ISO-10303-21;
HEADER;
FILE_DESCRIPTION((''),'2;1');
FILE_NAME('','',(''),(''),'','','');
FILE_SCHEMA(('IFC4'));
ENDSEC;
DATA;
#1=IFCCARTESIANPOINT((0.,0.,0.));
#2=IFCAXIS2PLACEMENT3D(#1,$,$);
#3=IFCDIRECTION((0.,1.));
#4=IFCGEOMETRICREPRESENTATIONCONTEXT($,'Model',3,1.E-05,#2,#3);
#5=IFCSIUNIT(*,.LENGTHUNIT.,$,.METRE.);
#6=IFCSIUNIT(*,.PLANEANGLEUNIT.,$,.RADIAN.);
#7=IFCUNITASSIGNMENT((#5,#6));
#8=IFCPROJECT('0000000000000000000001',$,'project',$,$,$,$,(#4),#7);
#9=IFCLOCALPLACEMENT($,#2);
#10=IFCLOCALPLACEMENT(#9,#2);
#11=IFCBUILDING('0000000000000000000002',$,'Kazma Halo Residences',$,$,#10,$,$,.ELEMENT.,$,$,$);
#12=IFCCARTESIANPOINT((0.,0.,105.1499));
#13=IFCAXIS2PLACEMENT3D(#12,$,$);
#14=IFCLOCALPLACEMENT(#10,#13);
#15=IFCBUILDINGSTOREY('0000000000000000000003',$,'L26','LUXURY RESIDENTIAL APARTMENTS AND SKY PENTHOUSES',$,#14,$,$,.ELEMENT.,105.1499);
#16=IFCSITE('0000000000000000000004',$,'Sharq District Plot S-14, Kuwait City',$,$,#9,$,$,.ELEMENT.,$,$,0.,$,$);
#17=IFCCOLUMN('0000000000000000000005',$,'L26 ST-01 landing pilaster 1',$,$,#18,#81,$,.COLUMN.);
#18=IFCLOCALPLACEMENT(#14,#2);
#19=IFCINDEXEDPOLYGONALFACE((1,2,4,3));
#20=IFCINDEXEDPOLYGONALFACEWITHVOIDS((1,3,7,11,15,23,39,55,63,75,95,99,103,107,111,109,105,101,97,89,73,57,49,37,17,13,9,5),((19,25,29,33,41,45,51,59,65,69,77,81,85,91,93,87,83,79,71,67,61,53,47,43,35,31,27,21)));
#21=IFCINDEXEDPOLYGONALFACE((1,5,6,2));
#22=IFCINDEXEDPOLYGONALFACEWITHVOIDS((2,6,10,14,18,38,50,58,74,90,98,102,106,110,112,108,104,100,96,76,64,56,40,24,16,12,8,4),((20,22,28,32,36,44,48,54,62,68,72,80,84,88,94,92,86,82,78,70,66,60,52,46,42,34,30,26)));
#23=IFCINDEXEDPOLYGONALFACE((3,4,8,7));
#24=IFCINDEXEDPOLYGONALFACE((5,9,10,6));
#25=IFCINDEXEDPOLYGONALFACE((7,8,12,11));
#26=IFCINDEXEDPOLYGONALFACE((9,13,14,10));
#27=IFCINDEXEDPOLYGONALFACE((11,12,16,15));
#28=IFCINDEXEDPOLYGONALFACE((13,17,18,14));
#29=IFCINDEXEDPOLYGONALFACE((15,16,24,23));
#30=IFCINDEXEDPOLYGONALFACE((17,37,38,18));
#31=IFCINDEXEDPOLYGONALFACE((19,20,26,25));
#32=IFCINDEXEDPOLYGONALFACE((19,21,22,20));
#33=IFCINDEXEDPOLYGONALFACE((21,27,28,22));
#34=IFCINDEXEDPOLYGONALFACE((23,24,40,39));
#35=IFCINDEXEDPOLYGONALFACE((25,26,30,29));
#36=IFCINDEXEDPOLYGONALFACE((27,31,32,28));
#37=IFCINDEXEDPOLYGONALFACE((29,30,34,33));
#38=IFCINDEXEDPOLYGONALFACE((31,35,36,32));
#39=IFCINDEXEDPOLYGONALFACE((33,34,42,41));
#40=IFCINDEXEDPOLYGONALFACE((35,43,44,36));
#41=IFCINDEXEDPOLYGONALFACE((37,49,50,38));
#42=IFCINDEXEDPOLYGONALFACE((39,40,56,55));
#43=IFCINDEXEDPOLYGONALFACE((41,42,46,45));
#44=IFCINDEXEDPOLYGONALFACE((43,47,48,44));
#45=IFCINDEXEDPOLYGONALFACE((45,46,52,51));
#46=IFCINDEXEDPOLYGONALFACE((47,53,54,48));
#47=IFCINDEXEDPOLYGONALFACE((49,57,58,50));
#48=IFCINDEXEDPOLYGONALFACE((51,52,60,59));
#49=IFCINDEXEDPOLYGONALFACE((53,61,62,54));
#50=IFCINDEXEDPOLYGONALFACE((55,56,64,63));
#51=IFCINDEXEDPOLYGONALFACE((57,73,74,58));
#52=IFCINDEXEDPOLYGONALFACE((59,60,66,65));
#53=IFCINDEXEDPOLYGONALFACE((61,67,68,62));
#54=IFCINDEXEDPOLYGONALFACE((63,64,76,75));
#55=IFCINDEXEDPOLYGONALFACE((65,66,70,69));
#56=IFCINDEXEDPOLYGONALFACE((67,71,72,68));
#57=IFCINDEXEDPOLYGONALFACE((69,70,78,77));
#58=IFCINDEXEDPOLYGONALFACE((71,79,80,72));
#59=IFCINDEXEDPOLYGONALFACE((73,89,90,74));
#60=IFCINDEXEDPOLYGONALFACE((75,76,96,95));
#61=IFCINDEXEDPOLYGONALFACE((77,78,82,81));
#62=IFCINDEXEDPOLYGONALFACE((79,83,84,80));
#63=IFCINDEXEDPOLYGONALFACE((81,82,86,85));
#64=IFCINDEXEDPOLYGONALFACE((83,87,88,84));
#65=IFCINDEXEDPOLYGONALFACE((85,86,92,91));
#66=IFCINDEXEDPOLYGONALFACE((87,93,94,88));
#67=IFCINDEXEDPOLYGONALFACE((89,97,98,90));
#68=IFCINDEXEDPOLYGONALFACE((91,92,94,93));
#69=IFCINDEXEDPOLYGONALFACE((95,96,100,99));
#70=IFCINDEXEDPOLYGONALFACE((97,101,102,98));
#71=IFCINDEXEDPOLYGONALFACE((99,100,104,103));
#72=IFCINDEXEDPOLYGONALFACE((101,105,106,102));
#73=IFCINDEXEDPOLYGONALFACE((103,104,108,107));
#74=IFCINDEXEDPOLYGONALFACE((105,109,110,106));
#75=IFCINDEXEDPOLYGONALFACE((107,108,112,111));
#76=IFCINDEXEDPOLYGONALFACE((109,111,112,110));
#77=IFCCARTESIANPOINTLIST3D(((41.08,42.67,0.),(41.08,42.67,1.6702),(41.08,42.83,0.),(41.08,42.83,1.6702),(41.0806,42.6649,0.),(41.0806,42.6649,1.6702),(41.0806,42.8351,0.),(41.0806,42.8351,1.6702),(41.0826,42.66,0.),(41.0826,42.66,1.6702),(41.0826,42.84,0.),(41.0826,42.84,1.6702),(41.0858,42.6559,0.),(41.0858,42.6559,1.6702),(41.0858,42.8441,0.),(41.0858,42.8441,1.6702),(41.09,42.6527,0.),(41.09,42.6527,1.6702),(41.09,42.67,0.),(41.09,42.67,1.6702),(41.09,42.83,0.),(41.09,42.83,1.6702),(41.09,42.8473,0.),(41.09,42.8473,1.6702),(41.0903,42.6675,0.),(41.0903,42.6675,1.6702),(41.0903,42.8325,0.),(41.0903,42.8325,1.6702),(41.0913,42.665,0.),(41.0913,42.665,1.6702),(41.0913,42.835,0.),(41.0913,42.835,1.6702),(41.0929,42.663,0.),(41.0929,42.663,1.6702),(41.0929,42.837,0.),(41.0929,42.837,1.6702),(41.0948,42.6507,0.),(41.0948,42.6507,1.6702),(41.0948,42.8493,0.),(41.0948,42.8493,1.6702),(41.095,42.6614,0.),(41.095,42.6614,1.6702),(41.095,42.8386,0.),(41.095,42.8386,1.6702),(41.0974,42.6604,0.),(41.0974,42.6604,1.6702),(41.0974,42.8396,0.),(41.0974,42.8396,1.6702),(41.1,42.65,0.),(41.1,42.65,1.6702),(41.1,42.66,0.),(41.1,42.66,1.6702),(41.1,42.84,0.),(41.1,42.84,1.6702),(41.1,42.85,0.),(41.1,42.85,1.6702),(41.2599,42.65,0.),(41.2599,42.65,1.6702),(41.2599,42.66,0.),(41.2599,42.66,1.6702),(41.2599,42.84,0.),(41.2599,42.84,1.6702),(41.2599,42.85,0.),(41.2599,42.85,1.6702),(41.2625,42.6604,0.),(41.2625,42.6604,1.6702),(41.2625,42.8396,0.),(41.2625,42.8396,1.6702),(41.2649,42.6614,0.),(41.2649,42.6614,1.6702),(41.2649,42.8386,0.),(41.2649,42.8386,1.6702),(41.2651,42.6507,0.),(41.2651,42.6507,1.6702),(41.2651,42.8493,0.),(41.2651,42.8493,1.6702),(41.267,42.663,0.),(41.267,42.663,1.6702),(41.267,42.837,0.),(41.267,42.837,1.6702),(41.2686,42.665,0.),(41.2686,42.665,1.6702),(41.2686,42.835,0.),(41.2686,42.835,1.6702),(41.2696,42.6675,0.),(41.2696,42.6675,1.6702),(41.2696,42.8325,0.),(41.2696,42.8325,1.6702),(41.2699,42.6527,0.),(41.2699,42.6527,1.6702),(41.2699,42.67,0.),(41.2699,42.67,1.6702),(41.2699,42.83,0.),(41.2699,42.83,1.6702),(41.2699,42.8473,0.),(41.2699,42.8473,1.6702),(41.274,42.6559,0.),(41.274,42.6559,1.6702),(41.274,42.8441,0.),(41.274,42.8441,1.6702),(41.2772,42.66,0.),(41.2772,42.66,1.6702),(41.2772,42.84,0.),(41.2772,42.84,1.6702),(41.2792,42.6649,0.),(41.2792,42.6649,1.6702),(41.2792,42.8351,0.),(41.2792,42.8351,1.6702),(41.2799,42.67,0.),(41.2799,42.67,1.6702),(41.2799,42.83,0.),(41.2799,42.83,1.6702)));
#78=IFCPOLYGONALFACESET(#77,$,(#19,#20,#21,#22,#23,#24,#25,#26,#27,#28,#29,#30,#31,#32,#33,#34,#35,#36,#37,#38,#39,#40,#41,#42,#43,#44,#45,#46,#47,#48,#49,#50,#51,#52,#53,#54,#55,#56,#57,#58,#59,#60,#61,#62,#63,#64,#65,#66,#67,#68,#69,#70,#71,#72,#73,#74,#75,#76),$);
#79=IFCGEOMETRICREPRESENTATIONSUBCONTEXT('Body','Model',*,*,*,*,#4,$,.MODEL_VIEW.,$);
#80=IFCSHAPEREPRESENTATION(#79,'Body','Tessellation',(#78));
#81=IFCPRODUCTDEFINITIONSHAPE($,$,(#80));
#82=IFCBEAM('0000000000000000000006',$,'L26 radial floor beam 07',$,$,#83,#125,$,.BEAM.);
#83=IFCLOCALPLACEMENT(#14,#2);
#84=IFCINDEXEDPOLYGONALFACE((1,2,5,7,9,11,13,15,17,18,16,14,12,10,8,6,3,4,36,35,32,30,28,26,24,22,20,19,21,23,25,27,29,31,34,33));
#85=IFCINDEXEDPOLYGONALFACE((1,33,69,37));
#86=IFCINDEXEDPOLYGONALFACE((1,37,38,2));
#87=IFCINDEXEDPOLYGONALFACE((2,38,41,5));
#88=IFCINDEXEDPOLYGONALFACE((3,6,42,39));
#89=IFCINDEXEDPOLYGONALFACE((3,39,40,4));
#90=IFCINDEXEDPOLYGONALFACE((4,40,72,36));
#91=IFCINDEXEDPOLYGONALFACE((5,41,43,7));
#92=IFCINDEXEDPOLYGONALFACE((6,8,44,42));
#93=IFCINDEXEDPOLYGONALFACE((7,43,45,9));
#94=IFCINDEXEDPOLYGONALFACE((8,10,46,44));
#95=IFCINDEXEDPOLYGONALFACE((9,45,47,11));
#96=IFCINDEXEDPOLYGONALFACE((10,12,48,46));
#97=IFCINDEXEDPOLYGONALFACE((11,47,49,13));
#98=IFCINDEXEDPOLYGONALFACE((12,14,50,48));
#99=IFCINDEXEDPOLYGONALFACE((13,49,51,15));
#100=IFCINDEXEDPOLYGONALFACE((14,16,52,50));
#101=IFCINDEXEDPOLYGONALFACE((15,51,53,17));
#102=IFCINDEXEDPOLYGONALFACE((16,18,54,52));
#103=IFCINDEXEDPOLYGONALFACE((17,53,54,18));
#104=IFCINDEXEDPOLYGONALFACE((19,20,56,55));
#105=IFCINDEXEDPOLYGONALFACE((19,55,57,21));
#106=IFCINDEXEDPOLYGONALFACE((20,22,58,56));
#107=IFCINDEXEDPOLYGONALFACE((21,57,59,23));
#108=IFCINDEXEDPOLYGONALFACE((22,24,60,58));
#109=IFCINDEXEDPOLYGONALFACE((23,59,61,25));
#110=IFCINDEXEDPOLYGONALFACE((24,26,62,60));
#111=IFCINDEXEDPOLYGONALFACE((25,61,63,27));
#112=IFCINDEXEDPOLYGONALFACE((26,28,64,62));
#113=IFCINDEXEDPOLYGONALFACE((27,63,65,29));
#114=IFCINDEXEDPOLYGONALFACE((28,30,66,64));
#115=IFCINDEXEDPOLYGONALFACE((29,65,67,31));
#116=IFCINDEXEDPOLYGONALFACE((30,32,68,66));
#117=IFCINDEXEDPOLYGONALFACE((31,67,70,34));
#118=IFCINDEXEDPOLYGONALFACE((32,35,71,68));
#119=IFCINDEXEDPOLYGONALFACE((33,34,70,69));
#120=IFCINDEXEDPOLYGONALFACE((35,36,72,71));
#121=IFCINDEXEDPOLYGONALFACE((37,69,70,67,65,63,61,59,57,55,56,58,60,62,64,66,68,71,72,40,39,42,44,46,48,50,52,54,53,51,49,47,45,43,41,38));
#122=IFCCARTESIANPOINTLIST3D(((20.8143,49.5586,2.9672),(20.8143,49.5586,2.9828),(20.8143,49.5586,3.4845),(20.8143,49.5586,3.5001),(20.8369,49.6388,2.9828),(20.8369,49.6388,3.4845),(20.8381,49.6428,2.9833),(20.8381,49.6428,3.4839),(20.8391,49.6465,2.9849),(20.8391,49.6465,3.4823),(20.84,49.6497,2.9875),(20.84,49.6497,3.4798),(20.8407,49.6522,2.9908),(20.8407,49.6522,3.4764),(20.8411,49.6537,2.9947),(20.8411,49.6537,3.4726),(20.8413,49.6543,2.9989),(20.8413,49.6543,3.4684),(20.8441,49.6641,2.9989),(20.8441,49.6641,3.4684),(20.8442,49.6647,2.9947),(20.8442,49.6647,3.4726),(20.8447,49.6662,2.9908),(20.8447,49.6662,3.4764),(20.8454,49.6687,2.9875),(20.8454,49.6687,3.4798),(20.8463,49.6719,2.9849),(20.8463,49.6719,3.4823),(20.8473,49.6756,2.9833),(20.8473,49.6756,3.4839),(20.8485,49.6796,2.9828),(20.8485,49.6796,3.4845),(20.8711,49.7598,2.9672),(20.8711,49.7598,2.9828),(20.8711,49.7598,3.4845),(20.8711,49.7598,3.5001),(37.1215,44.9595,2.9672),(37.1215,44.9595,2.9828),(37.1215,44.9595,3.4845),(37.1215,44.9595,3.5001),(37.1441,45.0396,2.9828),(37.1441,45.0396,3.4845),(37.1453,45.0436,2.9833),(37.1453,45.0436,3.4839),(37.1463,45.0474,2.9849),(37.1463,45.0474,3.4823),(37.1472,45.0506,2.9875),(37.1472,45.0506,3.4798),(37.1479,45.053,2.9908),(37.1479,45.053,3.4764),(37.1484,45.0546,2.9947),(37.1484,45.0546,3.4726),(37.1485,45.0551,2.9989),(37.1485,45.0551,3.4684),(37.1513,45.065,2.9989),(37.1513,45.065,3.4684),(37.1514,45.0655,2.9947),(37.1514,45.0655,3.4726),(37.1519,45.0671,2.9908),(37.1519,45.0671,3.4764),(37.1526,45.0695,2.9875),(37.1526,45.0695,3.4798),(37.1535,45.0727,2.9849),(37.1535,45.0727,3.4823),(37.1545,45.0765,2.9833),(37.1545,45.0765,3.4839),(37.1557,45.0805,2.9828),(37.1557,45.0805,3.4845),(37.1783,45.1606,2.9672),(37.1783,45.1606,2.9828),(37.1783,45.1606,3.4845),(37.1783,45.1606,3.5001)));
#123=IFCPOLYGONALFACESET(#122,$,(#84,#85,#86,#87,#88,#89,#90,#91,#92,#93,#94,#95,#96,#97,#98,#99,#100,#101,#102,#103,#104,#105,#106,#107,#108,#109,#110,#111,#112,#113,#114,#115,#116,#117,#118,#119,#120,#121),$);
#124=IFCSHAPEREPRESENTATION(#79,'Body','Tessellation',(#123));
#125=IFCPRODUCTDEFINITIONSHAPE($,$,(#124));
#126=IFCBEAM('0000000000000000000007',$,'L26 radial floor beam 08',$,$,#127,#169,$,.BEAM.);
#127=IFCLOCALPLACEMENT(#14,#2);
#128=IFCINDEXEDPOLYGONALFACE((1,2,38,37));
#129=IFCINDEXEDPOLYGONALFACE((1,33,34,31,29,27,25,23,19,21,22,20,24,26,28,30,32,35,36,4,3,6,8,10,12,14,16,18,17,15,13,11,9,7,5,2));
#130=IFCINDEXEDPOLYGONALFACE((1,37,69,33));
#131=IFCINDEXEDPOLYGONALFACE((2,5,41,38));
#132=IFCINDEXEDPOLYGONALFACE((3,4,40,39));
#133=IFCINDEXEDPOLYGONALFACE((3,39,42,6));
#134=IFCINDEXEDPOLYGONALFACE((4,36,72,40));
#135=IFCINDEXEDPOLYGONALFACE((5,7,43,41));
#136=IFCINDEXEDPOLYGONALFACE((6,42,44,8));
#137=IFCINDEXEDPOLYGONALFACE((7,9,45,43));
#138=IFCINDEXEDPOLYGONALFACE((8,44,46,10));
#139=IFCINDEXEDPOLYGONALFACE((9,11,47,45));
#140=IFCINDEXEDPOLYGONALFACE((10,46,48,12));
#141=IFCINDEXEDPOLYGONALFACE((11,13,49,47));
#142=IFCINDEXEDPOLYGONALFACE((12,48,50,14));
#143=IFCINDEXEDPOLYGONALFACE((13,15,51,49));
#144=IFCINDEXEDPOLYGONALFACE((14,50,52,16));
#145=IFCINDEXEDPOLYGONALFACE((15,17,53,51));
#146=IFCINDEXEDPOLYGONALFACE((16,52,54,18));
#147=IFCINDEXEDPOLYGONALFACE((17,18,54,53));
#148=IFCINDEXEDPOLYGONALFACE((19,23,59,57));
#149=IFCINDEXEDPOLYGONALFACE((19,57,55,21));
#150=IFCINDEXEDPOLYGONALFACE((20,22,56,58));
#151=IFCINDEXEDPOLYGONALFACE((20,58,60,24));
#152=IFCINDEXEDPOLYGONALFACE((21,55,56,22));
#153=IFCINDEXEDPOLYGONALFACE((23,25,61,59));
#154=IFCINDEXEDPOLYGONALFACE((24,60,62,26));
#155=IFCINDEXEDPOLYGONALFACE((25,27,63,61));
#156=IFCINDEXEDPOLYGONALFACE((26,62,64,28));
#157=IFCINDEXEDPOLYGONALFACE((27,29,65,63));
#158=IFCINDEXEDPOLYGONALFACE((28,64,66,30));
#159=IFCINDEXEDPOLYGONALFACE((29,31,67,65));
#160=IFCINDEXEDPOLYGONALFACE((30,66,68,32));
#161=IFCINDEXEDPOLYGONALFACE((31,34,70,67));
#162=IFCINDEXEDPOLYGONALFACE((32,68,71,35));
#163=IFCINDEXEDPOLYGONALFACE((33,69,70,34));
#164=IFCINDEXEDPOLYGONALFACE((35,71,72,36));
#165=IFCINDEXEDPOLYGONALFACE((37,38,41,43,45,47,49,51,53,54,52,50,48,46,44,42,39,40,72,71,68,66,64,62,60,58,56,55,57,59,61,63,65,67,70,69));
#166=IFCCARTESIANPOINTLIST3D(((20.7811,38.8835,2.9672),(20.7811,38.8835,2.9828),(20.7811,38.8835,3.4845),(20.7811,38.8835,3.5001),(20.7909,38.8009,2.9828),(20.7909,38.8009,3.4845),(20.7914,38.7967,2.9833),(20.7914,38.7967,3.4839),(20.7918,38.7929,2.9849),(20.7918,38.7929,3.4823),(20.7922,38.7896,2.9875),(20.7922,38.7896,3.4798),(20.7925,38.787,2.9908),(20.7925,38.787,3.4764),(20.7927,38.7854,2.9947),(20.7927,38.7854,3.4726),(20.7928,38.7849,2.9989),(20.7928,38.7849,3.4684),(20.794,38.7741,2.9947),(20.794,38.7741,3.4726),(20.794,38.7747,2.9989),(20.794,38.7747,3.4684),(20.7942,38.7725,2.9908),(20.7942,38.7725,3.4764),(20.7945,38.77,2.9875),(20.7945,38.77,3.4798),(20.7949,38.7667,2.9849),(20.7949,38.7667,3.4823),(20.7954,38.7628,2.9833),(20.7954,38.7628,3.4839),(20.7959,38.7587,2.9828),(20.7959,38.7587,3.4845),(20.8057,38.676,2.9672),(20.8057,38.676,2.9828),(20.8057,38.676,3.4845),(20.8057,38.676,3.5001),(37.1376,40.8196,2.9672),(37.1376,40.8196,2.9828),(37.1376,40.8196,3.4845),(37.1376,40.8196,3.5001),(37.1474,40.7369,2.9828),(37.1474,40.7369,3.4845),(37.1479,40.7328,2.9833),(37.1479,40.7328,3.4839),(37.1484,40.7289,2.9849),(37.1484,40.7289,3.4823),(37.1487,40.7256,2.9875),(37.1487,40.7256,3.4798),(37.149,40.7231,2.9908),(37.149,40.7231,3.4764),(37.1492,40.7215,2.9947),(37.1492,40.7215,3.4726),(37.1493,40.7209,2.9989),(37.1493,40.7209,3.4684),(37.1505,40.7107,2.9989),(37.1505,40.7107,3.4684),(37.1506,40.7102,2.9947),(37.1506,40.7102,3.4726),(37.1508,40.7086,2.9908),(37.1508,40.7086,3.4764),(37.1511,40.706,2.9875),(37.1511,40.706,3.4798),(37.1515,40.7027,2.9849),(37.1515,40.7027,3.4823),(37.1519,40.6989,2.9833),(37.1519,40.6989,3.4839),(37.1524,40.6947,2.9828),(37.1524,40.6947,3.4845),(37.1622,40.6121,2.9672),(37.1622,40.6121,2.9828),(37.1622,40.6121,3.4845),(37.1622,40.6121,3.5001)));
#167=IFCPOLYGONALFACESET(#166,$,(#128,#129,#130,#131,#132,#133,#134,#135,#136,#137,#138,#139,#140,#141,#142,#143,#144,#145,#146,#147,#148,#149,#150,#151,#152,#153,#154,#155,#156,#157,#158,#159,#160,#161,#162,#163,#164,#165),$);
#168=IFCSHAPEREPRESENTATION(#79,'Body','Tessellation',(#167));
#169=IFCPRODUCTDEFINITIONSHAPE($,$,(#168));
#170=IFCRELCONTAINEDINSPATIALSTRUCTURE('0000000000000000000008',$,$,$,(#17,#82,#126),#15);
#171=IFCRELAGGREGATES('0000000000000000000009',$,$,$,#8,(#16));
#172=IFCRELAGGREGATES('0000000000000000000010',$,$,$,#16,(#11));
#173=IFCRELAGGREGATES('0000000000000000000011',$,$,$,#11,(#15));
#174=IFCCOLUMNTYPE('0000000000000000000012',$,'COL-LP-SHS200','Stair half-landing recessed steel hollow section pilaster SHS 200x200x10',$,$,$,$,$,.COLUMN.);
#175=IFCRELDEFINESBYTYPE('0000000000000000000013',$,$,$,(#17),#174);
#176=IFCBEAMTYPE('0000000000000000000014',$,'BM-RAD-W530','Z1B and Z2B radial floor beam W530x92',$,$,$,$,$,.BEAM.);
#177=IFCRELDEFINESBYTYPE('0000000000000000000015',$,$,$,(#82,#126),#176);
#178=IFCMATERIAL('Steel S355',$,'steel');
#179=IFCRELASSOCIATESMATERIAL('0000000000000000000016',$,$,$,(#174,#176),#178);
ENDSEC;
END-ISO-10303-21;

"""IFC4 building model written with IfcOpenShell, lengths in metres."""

from ifc_helpers import new_model, si_unit, direction, frame, origin, origin_2d, place, context, subcontext, project, spatial, hollow_rectangle, i_section, extrude, material, material_profile, profile_set, type_object, element, save


model = new_model("IFC4")

# Units and contexts
model_context = context("Model", 3, precision=1e-05, world=origin(), true_north=direction((0.0, 1.0)))
body_context = subcontext(model_context, "Body", "Model", "MODEL_VIEW")
ifc_project = project(units=[si_unit("LENGTHUNIT", "METRE"), si_unit("PLANEANGLEUNIT", "RADIAN")], contexts=[model_context])

# Site, building, storey
site_placement = place(None, origin())
site = spatial("IfcSite", under=ifc_project, at=site_placement, Name="Sharq District Plot S-14, Kuwait City", CompositionType="ELEMENT", RefElevation=0.0)
building_placement = place(site_placement, origin())
building = spatial("IfcBuilding", under=site, at=building_placement, Name="Kazma Halo Residences", CompositionType="ELEMENT")
storey_placement = place(building_placement, frame((0.0, 0.0, 105.1499)))
storey = spatial("IfcBuildingStorey", under=building, at=storey_placement, Name="L26", Description="LUXURY RESIDENTIAL APARTMENTS AND SKY PENTHOUSES", CompositionType="ELEMENT", Elevation=105.1499)

# Column
ifc_material_1 = material(Name="Steel S355", Category="steel")
ifc_material_profile_1 = material_profile(ifc_material_1, hollow_rectangle(XDim=0.2, YDim=0.2, WallThickness=0.01, InnerFilletRadius=0.01, OuterFilletRadius=0.02, at=origin_2d()), Name="SHS200x200x10")
ifc_profile_set_1 = profile_set([ifc_material_profile_1], Name="Steel S355")
column_type = type_object("IfcColumnType", Name="COL-LP-SHS200", Description="Stair half-landing recessed steel hollow section pilaster SHS 200x200x10", PredefinedType="COLUMN", material=ifc_profile_set_1)
column_placement = place(storey_placement, frame((41.1799, 42.75, 0.0), z_axis=(0.0, 0.0, 1.0), x_axis=(1.0, 0.0, 0.0)))
element("IfcColumn", 1, at=column_placement, inside=storey, type_object=column_type, Name="L26 ST-01 landing pilaster 1", PredefinedType="COLUMN", context=body_context, shape_type="SweptSolid", body=[
    extrude(hollow_rectangle(XDim=0.2, YDim=0.2, WallThickness=0.01, InnerFilletRadius=0.01, OuterFilletRadius=0.02, at=origin_2d()), origin(), (0.0, 0.0, 1.0), 1.6702),
])

# Beams
ifc_material_profile_2 = material_profile(ifc_material_1, i_section(OverallWidth=0.209, OverallDepth=0.533, WebThickness=0.0103, FlangeThickness=0.0156, FilletRadius=0.0161, at=origin_2d()), Name="W530x92")
ifc_profile_set_2 = profile_set([ifc_material_profile_2], Name="Steel S355")
beam_type_1 = type_object("IfcBeamType", Name="BM-RAD-W530", Description="Z1B and Z2B radial floor beam W530x92", PredefinedType="BEAM", material=ifc_profile_set_2)
beam_1_placement = place(storey_placement, frame((37.1499, 45.0601, 3.2336), z_axis=(-0.962455, 0.271442, 0.0), x_axis=(-0.271442, -0.962455, 0.0)))
element("IfcBeam", 2, at=beam_1_placement, inside=storey, type_object=beam_type_1, Name="L26 radial floor beam 07", PredefinedType="BEAM", context=body_context, shape_type="SweptSolid", body=[
    extrude(i_section(OverallWidth=0.209, OverallDepth=0.533, WebThickness=0.0103, FlangeThickness=0.0156, FilletRadius=0.0161, at=origin_2d()), origin(), (0.0, 0.0, 1.0), 16.9434),
])
beam_2_placement = place(storey_placement, frame((37.1499, 40.7158, 3.2336), z_axis=(-0.993068, -0.117545, 0.0), x_axis=(0.117545, -0.993068, 0.0)))
element("IfcBeam", 3, at=beam_2_placement, inside=storey, type_object=beam_type_1, Name="L26 radial floor beam 08", PredefinedType="BEAM", context=body_context, shape_type="SweptSolid", body=[
    extrude(i_section(OverallWidth=0.209, OverallDepth=0.533, WebThickness=0.0103, FlangeThickness=0.0156, FilletRadius=0.0161, at=origin_2d()), origin(), (0.0, 0.0, 1.0), 16.4707),
])

save(model, "model.ifc")
